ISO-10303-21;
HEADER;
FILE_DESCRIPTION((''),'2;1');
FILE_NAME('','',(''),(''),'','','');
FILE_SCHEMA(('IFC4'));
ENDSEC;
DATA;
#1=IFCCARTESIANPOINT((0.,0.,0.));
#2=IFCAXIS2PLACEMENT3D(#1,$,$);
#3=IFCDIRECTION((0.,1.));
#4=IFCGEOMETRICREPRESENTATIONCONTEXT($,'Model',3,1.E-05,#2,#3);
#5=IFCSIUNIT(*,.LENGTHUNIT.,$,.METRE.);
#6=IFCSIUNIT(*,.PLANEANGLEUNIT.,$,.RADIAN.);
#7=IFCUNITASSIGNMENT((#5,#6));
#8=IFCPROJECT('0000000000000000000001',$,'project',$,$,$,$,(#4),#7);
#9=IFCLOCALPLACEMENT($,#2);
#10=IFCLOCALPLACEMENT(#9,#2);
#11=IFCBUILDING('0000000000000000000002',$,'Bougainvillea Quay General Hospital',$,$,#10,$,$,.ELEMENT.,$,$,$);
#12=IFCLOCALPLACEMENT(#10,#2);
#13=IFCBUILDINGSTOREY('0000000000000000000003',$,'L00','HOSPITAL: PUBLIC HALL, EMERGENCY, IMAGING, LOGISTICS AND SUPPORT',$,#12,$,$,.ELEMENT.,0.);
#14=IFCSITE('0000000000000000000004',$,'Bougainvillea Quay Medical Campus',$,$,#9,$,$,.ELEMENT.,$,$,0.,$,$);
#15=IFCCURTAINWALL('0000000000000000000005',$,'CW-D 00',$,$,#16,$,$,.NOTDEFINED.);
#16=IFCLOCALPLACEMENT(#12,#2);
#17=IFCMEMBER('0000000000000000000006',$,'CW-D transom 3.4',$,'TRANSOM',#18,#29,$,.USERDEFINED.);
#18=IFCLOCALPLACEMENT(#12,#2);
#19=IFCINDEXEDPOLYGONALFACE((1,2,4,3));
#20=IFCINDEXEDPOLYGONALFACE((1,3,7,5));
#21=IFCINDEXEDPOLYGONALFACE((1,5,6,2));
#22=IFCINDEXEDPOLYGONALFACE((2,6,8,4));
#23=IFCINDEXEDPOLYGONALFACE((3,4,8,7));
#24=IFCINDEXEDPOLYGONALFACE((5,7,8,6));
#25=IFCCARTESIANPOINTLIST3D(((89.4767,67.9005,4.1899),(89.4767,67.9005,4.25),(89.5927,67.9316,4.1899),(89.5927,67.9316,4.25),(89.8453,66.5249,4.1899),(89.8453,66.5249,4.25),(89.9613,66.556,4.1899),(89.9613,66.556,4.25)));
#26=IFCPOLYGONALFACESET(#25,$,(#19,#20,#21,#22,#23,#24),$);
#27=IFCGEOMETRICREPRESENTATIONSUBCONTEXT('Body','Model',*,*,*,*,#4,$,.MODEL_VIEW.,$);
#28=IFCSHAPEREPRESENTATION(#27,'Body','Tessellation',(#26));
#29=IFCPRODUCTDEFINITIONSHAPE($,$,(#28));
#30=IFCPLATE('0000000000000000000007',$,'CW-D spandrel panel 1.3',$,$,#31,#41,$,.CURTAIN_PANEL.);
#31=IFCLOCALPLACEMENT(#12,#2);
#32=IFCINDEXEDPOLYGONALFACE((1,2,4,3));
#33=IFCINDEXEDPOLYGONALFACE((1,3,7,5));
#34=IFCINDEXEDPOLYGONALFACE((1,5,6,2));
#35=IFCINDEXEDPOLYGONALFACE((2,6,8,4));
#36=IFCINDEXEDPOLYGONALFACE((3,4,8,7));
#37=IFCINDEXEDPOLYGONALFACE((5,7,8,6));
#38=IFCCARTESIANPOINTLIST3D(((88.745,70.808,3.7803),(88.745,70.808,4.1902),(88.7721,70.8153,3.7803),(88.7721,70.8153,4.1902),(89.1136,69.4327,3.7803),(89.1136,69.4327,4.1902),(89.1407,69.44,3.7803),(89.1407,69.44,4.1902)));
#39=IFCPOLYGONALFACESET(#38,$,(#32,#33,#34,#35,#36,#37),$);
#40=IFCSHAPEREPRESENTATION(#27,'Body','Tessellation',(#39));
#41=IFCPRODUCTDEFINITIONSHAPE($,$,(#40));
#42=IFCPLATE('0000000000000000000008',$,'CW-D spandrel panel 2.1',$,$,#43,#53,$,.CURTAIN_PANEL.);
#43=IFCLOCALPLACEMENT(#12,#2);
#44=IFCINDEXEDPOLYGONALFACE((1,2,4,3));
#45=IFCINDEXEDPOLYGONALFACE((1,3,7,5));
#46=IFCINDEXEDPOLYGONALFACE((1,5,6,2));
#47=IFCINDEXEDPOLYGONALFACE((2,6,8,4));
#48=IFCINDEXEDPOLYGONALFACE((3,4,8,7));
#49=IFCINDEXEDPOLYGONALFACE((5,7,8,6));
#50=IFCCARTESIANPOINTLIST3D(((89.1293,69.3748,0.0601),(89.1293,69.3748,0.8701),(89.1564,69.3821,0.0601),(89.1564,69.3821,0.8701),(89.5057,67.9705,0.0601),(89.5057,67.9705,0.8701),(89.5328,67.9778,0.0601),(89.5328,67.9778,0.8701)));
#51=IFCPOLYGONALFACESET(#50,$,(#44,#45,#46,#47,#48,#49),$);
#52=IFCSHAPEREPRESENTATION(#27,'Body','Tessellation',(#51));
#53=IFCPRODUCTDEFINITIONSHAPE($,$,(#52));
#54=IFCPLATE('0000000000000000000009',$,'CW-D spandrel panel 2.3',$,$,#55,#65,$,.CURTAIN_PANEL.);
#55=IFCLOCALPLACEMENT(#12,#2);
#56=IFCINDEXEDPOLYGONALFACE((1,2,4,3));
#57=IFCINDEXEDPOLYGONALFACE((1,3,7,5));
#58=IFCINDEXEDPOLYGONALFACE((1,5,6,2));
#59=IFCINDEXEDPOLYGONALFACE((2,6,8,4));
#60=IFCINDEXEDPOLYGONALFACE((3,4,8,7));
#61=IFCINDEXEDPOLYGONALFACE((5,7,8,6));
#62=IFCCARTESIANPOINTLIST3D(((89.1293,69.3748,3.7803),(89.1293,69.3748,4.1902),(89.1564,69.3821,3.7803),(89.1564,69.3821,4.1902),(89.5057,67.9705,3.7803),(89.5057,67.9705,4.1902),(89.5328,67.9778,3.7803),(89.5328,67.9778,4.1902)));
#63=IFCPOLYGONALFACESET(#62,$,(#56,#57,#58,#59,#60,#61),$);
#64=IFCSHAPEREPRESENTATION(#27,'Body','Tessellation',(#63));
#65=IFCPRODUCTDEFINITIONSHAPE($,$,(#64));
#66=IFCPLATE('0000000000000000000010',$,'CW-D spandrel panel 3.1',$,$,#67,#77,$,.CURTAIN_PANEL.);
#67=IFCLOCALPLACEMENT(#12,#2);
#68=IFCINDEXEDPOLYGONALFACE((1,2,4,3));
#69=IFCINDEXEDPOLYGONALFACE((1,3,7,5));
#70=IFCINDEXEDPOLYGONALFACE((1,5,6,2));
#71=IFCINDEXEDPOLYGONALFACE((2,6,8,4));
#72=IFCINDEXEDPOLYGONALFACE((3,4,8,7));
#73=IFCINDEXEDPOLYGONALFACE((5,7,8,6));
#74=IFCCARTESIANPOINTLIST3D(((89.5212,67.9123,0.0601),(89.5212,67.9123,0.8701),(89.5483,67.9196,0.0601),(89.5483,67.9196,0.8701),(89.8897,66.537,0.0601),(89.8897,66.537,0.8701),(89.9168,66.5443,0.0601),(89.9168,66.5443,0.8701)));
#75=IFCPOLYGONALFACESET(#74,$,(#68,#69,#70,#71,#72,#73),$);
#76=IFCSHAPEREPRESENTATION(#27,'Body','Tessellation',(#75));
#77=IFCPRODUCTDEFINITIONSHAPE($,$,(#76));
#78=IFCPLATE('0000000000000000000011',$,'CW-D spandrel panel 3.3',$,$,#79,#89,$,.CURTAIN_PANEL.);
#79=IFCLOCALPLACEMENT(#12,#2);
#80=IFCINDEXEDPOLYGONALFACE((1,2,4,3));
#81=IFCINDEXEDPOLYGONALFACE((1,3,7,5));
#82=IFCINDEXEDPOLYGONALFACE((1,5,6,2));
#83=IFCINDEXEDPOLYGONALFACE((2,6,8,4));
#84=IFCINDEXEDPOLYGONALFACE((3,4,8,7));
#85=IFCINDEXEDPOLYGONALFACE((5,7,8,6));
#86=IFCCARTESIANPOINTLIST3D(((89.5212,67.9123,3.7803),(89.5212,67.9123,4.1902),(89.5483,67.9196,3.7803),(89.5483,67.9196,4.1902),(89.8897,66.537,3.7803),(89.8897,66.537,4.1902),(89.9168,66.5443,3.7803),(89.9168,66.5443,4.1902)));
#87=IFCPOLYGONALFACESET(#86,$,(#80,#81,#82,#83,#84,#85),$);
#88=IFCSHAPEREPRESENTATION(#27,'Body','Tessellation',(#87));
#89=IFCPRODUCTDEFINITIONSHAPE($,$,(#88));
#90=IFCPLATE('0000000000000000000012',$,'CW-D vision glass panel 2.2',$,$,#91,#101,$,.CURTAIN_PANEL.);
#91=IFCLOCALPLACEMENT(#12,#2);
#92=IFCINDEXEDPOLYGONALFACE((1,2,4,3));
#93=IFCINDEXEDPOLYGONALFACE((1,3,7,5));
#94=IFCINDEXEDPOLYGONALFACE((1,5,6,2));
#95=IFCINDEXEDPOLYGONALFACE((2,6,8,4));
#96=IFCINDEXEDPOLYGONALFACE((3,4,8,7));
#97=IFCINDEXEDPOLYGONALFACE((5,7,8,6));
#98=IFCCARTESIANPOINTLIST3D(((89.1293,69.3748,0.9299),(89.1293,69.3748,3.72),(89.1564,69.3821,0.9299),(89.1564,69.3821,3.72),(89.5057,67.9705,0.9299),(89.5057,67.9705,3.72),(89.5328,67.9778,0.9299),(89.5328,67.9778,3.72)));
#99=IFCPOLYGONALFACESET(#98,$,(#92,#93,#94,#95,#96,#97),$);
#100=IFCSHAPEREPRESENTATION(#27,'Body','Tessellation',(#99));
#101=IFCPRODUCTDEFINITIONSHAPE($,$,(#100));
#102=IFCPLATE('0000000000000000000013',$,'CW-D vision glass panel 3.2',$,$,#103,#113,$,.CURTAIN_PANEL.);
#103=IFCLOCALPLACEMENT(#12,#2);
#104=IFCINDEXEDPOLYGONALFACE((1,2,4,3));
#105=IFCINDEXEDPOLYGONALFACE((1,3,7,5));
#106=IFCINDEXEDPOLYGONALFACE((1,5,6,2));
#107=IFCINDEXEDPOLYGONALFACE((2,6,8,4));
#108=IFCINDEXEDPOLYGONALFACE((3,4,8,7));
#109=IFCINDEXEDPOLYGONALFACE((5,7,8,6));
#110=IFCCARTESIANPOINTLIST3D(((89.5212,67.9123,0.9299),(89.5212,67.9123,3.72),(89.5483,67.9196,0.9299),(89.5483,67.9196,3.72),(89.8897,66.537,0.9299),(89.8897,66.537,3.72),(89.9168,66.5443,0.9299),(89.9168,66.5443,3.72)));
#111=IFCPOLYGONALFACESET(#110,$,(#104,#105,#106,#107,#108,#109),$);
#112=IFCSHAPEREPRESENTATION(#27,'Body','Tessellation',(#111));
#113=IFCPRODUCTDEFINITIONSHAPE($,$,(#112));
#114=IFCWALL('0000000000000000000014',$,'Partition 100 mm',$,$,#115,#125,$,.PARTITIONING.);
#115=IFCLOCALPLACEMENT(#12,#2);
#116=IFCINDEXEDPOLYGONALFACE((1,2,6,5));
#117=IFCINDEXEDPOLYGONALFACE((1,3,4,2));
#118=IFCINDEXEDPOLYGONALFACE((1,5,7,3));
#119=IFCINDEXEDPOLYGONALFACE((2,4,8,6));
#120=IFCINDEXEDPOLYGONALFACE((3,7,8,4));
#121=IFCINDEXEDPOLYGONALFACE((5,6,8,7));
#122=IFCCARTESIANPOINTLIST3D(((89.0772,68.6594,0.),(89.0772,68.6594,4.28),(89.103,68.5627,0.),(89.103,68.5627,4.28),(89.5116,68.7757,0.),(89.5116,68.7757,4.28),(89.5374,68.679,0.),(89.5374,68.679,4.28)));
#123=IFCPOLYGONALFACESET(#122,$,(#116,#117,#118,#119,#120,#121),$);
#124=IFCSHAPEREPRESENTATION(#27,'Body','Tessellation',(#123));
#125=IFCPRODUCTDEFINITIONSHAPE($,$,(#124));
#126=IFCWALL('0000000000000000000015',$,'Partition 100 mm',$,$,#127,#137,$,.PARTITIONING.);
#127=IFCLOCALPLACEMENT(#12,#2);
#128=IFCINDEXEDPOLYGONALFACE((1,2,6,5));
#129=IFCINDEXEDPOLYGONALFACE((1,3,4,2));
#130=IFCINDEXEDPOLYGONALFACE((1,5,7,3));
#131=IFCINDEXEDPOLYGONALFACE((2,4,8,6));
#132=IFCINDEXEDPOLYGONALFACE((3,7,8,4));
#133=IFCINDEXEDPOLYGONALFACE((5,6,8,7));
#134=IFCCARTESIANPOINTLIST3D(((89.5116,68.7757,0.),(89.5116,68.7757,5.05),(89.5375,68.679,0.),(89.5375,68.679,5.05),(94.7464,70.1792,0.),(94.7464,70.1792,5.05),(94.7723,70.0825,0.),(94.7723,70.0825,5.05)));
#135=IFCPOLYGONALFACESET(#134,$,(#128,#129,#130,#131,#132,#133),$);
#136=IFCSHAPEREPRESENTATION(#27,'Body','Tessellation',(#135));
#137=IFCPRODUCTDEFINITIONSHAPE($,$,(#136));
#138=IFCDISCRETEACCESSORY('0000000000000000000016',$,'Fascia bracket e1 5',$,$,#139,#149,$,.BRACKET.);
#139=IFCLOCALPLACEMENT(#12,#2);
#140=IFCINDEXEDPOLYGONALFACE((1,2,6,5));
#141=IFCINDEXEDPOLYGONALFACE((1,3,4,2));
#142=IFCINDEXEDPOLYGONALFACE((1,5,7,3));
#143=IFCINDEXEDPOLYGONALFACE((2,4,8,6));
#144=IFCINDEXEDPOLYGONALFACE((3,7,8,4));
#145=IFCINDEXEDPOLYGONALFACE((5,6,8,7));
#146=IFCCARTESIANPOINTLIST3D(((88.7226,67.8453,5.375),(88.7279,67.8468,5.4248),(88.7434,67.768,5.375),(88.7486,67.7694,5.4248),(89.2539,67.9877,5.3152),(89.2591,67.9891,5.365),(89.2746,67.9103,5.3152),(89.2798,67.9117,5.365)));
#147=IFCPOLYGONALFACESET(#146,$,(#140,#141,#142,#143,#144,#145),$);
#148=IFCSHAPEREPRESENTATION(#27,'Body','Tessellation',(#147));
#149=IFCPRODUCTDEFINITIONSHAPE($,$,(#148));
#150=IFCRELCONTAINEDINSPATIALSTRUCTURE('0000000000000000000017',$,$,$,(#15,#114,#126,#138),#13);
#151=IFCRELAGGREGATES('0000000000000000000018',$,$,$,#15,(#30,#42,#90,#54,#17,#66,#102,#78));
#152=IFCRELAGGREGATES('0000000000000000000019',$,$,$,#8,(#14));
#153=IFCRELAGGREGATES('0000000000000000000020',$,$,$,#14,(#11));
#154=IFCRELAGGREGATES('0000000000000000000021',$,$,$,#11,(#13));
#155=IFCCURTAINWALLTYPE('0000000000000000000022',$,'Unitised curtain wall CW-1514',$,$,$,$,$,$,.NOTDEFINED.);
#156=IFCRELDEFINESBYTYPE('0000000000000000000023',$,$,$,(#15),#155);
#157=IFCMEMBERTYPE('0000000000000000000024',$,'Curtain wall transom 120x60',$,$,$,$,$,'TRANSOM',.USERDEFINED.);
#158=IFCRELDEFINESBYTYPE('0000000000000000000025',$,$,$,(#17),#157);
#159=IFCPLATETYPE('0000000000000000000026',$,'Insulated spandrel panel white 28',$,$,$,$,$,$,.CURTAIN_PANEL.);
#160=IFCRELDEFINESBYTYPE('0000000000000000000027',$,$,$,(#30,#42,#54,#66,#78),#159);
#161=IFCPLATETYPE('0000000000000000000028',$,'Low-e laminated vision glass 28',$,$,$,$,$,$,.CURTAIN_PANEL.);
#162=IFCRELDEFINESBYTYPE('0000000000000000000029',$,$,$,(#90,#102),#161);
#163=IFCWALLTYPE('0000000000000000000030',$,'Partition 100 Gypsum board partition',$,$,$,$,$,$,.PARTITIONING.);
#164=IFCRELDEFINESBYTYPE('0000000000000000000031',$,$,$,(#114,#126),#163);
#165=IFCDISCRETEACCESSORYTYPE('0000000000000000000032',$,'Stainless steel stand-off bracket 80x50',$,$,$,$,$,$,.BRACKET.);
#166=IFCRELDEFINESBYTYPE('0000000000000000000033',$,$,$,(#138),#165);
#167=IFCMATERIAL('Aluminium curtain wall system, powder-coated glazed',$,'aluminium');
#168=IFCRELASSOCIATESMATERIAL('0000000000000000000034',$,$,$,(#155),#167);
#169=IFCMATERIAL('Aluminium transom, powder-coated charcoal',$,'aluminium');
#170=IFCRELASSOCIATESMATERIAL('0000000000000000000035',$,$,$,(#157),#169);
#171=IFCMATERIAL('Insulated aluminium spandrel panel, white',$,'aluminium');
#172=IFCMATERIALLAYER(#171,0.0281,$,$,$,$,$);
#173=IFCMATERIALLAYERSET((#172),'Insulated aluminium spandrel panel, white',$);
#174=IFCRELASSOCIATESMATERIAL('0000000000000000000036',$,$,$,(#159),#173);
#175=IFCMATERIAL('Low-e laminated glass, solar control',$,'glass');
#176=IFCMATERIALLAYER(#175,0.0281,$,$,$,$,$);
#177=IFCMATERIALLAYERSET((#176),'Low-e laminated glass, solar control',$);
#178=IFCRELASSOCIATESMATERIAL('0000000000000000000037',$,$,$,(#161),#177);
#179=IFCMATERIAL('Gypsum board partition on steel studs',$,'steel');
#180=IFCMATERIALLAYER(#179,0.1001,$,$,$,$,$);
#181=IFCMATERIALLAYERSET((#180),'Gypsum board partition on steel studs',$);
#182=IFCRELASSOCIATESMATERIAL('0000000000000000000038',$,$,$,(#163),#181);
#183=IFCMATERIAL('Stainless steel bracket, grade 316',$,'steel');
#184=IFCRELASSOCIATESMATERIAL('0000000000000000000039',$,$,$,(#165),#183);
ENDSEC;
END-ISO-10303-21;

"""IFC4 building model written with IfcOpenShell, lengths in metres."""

from ifc_helpers import new_model, si_unit, direction, frame, frame_2d, origin, origin_2d, place, context, subcontext, project, spatial, rectangle, extrude, material, layer, layer_set, material_profile, profile_set, type_object, element, aggregate, save


model = new_model("IFC4")

# Units and contexts
model_context = context("Model", 3, precision=1e-05, world=origin(), true_north=direction((0.0, 1.0)))
body_context = subcontext(model_context, "Body", "Model", "MODEL_VIEW")
ifc_project = project(units=[si_unit("LENGTHUNIT", "METRE"), si_unit("PLANEANGLEUNIT", "RADIAN")], contexts=[model_context])

# Site, building, storey
site_placement = place(None, origin())
site = spatial("IfcSite", under=ifc_project, at=site_placement, Name="Bougainvillea Quay Medical Campus", CompositionType="ELEMENT", RefElevation=0.0)
building_placement = place(site_placement, origin())
building = spatial("IfcBuilding", under=site, at=building_placement, Name="Bougainvillea Quay General Hospital", CompositionType="ELEMENT")
storey_placement = place(building_placement, origin())
storey = spatial("IfcBuildingStorey", under=building, at=storey_placement, Name="L00", Description="HOSPITAL: PUBLIC HALL, EMERGENCY, IMAGING, LOGISTICS AND SUPPORT", CompositionType="ELEMENT", Elevation=0.0)

# Curtain wall, member, plates
ifc_material_1 = material(Name="Aluminium curtain wall system, powder-coated glazed", Category="aluminium")
curtain_wall_type = type_object("IfcCurtainWallType", Name="Unitised curtain wall CW-1514", PredefinedType="NOTDEFINED", material=ifc_material_1)
curtain_wall_placement = place(storey_placement, origin())
curtain_wall = element("IfcCurtainWall", 1, at=curtain_wall_placement, inside=storey, type_object=curtain_wall_type, Name="CW-D 00", PredefinedType="NOTDEFINED")
ifc_material_2 = material(Name="Aluminium transom, powder-coated charcoal", Category="aluminium")
ifc_material_profile_1 = material_profile(ifc_material_2, rectangle(XDim=0.1201, YDim=0.0601, at=origin_2d()))
ifc_profile_set_1 = profile_set([ifc_material_profile_1], Name="Aluminium transom, powder-coated charcoal")
member_type_1 = type_object("IfcMemberType", Name="Curtain wall transom 120x60", ElementType="TRANSOM", PredefinedType="USERDEFINED", material=ifc_profile_set_1)
member_1_placement = place(storey_placement, frame((89.5347, 67.916, 4.22), z_axis=(0.258879, -0.96591, 0.0), x_axis=(0.96591, 0.258879, 0.0)))
member_1 = element("IfcMember", 2, at=member_1_placement, type_object=member_type_1, Name="CW-D transom 3.4", ObjectType="TRANSOM", PredefinedType="USERDEFINED", context=body_context, shape_type="SweptSolid", body=[
    extrude(rectangle(XDim=0.1201, YDim=0.0601, at=origin_2d()), origin(), (0.0, 0.0, 1.0), 1.4241),
])
ifc_material_3 = material(Name="Insulated aluminium spandrel panel, white", Category="aluminium")
ifc_layer_1 = layer(ifc_material_3, 0.0281)
ifc_layer_set_1 = layer_set([ifc_layer_1], Name="Insulated aluminium spandrel panel, white")
plate_type_1 = type_object("IfcPlateType", Name="Insulated spandrel panel white 28", PredefinedType="CURTAIN_PANEL", material=ifc_layer_set_1)
plate_1_placement = place(storey_placement, frame((88.9429, 70.124, 3.7803), z_axis=(0.0, 0.0, 1.0), x_axis=(0.258855, -0.965916, 0.0)))
plate_1 = element("IfcPlate", 3, at=plate_1_placement, type_object=plate_type_1, Name="CW-D spandrel panel 1.3", PredefinedType="CURTAIN_PANEL", context=body_context, shape_type="SweptSolid", body=[
    extrude(rectangle(XDim=1.4238, YDim=0.0281, at=origin_2d()), origin(), (0.0, 0.0, 1.0), 0.4099),
])
plate_2_placement = place(storey_placement, frame((89.3311, 68.6763, 0.0601), z_axis=(0.0, 0.0, 1.0), x_axis=(0.258855, -0.965916, 0.0)))
plate_2 = element("IfcPlate", 4, at=plate_2_placement, type_object=plate_type_1, Name="CW-D spandrel panel 2.1", PredefinedType="CURTAIN_PANEL", context=body_context, shape_type="SweptSolid", body=[
    extrude(rectangle(XDim=1.4539, YDim=0.0281, at=origin_2d()), origin(), (0.0, 0.0, 1.0), 0.8101),
])
plate_3_placement = place(storey_placement, frame((89.3311, 68.6763, 3.7803), z_axis=(0.0, 0.0, 1.0), x_axis=(0.258855, -0.965916, 0.0)))
plate_3 = element("IfcPlate", 5, at=plate_3_placement, type_object=plate_type_1, Name="CW-D spandrel panel 2.3", PredefinedType="CURTAIN_PANEL", context=body_context, shape_type="SweptSolid", body=[
    extrude(rectangle(XDim=1.4539, YDim=0.0281, at=origin_2d()), origin(), (0.0, 0.0, 1.0), 0.4099),
])
plate_4_placement = place(storey_placement, frame((89.719, 67.2283, 0.0601), z_axis=(0.0, 0.0, 1.0), x_axis=(0.258855, -0.965916, 0.0)))
plate_4 = element("IfcPlate", 6, at=plate_4_placement, type_object=plate_type_1, Name="CW-D spandrel panel 3.1", PredefinedType="CURTAIN_PANEL", context=body_context, shape_type="SweptSolid", body=[
    extrude(rectangle(XDim=1.4238, YDim=0.0281, at=origin_2d()), origin(), (0.0, 0.0, 1.0), 0.8101),
])
plate_5_placement = place(storey_placement, frame((89.719, 67.2283, 3.7803), z_axis=(0.0, 0.0, 1.0), x_axis=(0.258855, -0.965916, 0.0)))
plate_5 = element("IfcPlate", 7, at=plate_5_placement, type_object=plate_type_1, Name="CW-D spandrel panel 3.3", PredefinedType="CURTAIN_PANEL", context=body_context, shape_type="SweptSolid", body=[
    extrude(rectangle(XDim=1.4238, YDim=0.0281, at=origin_2d()), origin(), (0.0, 0.0, 1.0), 0.4099),
])
ifc_material_4 = material(Name="Low-e laminated glass, solar control", Category="glass")
ifc_layer_2 = layer(ifc_material_4, 0.0281)
ifc_layer_set_2 = layer_set([ifc_layer_2], Name="Low-e laminated glass, solar control")
plate_type_2 = type_object("IfcPlateType", Name="Low-e laminated vision glass 28", PredefinedType="CURTAIN_PANEL", material=ifc_layer_set_2)
plate_6_placement = place(storey_placement, frame((89.3311, 68.6763, 0.9299), z_axis=(0.0, 0.0, 1.0), x_axis=(0.258855, -0.965916, 0.0)))
plate_6 = element("IfcPlate", 8, at=plate_6_placement, type_object=plate_type_2, Name="CW-D vision glass panel 2.2", PredefinedType="CURTAIN_PANEL", context=body_context, shape_type="SweptSolid", body=[
    extrude(rectangle(XDim=1.4539, YDim=0.0281, at=origin_2d()), origin(), (0.0, 0.0, 1.0), 2.79),
])
plate_7_placement = place(storey_placement, frame((89.719, 67.2283, 0.9299), z_axis=(0.0, 0.0, 1.0), x_axis=(0.258855, -0.965916, 0.0)))
plate_7 = element("IfcPlate", 9, at=plate_7_placement, type_object=plate_type_2, Name="CW-D vision glass panel 3.2", PredefinedType="CURTAIN_PANEL", context=body_context, shape_type="SweptSolid", body=[
    extrude(rectangle(XDim=1.4238, YDim=0.0281, at=origin_2d()), origin(), (0.0, 0.0, 1.0), 2.79),
])
aggregate(curtain_wall, [plate_1, plate_2, plate_6, plate_3, member_1, plate_4, plate_7, plate_5])

# Walls
ifc_material_5 = material(Name="Gypsum board partition on steel studs", Category="steel")
ifc_layer_3 = layer(ifc_material_5, 0.1001)
ifc_layer_set_3 = layer_set([ifc_layer_3], Name="Gypsum board partition on steel studs")
wall_type = type_object("IfcWallType", Name="Partition 100 Gypsum board partition", PredefinedType="PARTITIONING", material=ifc_layer_set_3)
wall_1_placement = place(storey_placement, frame((89.0901, 68.6111, 0.0), z_axis=(0.0, 0.0, 1.0), x_axis=(0.966018, 0.258474, 0.0)))
element("IfcWall", 10, at=wall_1_placement, inside=storey, type_object=wall_type, Name="Partition 100 mm", PredefinedType="PARTITIONING", context=body_context, shape_type="SweptSolid", body=[
    extrude(rectangle(XDim=0.4497, YDim=0.1001, at=frame_2d((0.2249, 0.0))), origin(), (0.0, 0.0, 1.0), 4.28),
])
wall_2_placement = place(storey_placement, frame((89.5244, 68.7273, 0.0), z_axis=(0.0, 0.0, 1.0), x_axis=(0.965885, 0.258972, 0.0)))
element("IfcWall", 11, at=wall_2_placement, inside=storey, type_object=wall_type, Name="Partition 100 mm", PredefinedType="PARTITIONING", context=body_context, shape_type="SweptSolid", body=[
    extrude(rectangle(XDim=5.4197, YDim=0.1001, at=frame_2d((2.71, 0.0))), origin(), (0.0, 0.0, 1.0), 5.05),
])

# Discrete accessory
ifc_material_6 = material(Name="Stainless steel bracket, grade 316", Category="steel")
ifc_material_profile_2 = material_profile(ifc_material_6, rectangle(XDim=0.0801, YDim=0.05, at=origin_2d()))
ifc_profile_set_2 = profile_set([ifc_material_profile_2], Name="Stainless steel bracket, grade 316")
discrete_accessory_type = type_object("IfcDiscreteAccessoryType", Name="Stainless steel stand-off bracket 80x50", PredefinedType="BRACKET", material=ifc_profile_set_2)
discrete_accessory_placement = place(storey_placement, frame((89.2668, 67.9497, 5.3401), z_axis=(-0.96027, -0.257278, 0.108119), x_axis=(0.258795, -0.965932, 0.0)))
element("IfcDiscreteAccessory", 12, at=discrete_accessory_placement, inside=storey, type_object=discrete_accessory_type, Name="Fascia bracket e1 5", PredefinedType="BRACKET", context=body_context, shape_type="SweptSolid", body=[
    extrude(rectangle(XDim=0.0801, YDim=0.05, at=origin_2d()), origin(), (0.0, 0.0, 1.0), 0.5532),
])

save(model, "model.ifc")
